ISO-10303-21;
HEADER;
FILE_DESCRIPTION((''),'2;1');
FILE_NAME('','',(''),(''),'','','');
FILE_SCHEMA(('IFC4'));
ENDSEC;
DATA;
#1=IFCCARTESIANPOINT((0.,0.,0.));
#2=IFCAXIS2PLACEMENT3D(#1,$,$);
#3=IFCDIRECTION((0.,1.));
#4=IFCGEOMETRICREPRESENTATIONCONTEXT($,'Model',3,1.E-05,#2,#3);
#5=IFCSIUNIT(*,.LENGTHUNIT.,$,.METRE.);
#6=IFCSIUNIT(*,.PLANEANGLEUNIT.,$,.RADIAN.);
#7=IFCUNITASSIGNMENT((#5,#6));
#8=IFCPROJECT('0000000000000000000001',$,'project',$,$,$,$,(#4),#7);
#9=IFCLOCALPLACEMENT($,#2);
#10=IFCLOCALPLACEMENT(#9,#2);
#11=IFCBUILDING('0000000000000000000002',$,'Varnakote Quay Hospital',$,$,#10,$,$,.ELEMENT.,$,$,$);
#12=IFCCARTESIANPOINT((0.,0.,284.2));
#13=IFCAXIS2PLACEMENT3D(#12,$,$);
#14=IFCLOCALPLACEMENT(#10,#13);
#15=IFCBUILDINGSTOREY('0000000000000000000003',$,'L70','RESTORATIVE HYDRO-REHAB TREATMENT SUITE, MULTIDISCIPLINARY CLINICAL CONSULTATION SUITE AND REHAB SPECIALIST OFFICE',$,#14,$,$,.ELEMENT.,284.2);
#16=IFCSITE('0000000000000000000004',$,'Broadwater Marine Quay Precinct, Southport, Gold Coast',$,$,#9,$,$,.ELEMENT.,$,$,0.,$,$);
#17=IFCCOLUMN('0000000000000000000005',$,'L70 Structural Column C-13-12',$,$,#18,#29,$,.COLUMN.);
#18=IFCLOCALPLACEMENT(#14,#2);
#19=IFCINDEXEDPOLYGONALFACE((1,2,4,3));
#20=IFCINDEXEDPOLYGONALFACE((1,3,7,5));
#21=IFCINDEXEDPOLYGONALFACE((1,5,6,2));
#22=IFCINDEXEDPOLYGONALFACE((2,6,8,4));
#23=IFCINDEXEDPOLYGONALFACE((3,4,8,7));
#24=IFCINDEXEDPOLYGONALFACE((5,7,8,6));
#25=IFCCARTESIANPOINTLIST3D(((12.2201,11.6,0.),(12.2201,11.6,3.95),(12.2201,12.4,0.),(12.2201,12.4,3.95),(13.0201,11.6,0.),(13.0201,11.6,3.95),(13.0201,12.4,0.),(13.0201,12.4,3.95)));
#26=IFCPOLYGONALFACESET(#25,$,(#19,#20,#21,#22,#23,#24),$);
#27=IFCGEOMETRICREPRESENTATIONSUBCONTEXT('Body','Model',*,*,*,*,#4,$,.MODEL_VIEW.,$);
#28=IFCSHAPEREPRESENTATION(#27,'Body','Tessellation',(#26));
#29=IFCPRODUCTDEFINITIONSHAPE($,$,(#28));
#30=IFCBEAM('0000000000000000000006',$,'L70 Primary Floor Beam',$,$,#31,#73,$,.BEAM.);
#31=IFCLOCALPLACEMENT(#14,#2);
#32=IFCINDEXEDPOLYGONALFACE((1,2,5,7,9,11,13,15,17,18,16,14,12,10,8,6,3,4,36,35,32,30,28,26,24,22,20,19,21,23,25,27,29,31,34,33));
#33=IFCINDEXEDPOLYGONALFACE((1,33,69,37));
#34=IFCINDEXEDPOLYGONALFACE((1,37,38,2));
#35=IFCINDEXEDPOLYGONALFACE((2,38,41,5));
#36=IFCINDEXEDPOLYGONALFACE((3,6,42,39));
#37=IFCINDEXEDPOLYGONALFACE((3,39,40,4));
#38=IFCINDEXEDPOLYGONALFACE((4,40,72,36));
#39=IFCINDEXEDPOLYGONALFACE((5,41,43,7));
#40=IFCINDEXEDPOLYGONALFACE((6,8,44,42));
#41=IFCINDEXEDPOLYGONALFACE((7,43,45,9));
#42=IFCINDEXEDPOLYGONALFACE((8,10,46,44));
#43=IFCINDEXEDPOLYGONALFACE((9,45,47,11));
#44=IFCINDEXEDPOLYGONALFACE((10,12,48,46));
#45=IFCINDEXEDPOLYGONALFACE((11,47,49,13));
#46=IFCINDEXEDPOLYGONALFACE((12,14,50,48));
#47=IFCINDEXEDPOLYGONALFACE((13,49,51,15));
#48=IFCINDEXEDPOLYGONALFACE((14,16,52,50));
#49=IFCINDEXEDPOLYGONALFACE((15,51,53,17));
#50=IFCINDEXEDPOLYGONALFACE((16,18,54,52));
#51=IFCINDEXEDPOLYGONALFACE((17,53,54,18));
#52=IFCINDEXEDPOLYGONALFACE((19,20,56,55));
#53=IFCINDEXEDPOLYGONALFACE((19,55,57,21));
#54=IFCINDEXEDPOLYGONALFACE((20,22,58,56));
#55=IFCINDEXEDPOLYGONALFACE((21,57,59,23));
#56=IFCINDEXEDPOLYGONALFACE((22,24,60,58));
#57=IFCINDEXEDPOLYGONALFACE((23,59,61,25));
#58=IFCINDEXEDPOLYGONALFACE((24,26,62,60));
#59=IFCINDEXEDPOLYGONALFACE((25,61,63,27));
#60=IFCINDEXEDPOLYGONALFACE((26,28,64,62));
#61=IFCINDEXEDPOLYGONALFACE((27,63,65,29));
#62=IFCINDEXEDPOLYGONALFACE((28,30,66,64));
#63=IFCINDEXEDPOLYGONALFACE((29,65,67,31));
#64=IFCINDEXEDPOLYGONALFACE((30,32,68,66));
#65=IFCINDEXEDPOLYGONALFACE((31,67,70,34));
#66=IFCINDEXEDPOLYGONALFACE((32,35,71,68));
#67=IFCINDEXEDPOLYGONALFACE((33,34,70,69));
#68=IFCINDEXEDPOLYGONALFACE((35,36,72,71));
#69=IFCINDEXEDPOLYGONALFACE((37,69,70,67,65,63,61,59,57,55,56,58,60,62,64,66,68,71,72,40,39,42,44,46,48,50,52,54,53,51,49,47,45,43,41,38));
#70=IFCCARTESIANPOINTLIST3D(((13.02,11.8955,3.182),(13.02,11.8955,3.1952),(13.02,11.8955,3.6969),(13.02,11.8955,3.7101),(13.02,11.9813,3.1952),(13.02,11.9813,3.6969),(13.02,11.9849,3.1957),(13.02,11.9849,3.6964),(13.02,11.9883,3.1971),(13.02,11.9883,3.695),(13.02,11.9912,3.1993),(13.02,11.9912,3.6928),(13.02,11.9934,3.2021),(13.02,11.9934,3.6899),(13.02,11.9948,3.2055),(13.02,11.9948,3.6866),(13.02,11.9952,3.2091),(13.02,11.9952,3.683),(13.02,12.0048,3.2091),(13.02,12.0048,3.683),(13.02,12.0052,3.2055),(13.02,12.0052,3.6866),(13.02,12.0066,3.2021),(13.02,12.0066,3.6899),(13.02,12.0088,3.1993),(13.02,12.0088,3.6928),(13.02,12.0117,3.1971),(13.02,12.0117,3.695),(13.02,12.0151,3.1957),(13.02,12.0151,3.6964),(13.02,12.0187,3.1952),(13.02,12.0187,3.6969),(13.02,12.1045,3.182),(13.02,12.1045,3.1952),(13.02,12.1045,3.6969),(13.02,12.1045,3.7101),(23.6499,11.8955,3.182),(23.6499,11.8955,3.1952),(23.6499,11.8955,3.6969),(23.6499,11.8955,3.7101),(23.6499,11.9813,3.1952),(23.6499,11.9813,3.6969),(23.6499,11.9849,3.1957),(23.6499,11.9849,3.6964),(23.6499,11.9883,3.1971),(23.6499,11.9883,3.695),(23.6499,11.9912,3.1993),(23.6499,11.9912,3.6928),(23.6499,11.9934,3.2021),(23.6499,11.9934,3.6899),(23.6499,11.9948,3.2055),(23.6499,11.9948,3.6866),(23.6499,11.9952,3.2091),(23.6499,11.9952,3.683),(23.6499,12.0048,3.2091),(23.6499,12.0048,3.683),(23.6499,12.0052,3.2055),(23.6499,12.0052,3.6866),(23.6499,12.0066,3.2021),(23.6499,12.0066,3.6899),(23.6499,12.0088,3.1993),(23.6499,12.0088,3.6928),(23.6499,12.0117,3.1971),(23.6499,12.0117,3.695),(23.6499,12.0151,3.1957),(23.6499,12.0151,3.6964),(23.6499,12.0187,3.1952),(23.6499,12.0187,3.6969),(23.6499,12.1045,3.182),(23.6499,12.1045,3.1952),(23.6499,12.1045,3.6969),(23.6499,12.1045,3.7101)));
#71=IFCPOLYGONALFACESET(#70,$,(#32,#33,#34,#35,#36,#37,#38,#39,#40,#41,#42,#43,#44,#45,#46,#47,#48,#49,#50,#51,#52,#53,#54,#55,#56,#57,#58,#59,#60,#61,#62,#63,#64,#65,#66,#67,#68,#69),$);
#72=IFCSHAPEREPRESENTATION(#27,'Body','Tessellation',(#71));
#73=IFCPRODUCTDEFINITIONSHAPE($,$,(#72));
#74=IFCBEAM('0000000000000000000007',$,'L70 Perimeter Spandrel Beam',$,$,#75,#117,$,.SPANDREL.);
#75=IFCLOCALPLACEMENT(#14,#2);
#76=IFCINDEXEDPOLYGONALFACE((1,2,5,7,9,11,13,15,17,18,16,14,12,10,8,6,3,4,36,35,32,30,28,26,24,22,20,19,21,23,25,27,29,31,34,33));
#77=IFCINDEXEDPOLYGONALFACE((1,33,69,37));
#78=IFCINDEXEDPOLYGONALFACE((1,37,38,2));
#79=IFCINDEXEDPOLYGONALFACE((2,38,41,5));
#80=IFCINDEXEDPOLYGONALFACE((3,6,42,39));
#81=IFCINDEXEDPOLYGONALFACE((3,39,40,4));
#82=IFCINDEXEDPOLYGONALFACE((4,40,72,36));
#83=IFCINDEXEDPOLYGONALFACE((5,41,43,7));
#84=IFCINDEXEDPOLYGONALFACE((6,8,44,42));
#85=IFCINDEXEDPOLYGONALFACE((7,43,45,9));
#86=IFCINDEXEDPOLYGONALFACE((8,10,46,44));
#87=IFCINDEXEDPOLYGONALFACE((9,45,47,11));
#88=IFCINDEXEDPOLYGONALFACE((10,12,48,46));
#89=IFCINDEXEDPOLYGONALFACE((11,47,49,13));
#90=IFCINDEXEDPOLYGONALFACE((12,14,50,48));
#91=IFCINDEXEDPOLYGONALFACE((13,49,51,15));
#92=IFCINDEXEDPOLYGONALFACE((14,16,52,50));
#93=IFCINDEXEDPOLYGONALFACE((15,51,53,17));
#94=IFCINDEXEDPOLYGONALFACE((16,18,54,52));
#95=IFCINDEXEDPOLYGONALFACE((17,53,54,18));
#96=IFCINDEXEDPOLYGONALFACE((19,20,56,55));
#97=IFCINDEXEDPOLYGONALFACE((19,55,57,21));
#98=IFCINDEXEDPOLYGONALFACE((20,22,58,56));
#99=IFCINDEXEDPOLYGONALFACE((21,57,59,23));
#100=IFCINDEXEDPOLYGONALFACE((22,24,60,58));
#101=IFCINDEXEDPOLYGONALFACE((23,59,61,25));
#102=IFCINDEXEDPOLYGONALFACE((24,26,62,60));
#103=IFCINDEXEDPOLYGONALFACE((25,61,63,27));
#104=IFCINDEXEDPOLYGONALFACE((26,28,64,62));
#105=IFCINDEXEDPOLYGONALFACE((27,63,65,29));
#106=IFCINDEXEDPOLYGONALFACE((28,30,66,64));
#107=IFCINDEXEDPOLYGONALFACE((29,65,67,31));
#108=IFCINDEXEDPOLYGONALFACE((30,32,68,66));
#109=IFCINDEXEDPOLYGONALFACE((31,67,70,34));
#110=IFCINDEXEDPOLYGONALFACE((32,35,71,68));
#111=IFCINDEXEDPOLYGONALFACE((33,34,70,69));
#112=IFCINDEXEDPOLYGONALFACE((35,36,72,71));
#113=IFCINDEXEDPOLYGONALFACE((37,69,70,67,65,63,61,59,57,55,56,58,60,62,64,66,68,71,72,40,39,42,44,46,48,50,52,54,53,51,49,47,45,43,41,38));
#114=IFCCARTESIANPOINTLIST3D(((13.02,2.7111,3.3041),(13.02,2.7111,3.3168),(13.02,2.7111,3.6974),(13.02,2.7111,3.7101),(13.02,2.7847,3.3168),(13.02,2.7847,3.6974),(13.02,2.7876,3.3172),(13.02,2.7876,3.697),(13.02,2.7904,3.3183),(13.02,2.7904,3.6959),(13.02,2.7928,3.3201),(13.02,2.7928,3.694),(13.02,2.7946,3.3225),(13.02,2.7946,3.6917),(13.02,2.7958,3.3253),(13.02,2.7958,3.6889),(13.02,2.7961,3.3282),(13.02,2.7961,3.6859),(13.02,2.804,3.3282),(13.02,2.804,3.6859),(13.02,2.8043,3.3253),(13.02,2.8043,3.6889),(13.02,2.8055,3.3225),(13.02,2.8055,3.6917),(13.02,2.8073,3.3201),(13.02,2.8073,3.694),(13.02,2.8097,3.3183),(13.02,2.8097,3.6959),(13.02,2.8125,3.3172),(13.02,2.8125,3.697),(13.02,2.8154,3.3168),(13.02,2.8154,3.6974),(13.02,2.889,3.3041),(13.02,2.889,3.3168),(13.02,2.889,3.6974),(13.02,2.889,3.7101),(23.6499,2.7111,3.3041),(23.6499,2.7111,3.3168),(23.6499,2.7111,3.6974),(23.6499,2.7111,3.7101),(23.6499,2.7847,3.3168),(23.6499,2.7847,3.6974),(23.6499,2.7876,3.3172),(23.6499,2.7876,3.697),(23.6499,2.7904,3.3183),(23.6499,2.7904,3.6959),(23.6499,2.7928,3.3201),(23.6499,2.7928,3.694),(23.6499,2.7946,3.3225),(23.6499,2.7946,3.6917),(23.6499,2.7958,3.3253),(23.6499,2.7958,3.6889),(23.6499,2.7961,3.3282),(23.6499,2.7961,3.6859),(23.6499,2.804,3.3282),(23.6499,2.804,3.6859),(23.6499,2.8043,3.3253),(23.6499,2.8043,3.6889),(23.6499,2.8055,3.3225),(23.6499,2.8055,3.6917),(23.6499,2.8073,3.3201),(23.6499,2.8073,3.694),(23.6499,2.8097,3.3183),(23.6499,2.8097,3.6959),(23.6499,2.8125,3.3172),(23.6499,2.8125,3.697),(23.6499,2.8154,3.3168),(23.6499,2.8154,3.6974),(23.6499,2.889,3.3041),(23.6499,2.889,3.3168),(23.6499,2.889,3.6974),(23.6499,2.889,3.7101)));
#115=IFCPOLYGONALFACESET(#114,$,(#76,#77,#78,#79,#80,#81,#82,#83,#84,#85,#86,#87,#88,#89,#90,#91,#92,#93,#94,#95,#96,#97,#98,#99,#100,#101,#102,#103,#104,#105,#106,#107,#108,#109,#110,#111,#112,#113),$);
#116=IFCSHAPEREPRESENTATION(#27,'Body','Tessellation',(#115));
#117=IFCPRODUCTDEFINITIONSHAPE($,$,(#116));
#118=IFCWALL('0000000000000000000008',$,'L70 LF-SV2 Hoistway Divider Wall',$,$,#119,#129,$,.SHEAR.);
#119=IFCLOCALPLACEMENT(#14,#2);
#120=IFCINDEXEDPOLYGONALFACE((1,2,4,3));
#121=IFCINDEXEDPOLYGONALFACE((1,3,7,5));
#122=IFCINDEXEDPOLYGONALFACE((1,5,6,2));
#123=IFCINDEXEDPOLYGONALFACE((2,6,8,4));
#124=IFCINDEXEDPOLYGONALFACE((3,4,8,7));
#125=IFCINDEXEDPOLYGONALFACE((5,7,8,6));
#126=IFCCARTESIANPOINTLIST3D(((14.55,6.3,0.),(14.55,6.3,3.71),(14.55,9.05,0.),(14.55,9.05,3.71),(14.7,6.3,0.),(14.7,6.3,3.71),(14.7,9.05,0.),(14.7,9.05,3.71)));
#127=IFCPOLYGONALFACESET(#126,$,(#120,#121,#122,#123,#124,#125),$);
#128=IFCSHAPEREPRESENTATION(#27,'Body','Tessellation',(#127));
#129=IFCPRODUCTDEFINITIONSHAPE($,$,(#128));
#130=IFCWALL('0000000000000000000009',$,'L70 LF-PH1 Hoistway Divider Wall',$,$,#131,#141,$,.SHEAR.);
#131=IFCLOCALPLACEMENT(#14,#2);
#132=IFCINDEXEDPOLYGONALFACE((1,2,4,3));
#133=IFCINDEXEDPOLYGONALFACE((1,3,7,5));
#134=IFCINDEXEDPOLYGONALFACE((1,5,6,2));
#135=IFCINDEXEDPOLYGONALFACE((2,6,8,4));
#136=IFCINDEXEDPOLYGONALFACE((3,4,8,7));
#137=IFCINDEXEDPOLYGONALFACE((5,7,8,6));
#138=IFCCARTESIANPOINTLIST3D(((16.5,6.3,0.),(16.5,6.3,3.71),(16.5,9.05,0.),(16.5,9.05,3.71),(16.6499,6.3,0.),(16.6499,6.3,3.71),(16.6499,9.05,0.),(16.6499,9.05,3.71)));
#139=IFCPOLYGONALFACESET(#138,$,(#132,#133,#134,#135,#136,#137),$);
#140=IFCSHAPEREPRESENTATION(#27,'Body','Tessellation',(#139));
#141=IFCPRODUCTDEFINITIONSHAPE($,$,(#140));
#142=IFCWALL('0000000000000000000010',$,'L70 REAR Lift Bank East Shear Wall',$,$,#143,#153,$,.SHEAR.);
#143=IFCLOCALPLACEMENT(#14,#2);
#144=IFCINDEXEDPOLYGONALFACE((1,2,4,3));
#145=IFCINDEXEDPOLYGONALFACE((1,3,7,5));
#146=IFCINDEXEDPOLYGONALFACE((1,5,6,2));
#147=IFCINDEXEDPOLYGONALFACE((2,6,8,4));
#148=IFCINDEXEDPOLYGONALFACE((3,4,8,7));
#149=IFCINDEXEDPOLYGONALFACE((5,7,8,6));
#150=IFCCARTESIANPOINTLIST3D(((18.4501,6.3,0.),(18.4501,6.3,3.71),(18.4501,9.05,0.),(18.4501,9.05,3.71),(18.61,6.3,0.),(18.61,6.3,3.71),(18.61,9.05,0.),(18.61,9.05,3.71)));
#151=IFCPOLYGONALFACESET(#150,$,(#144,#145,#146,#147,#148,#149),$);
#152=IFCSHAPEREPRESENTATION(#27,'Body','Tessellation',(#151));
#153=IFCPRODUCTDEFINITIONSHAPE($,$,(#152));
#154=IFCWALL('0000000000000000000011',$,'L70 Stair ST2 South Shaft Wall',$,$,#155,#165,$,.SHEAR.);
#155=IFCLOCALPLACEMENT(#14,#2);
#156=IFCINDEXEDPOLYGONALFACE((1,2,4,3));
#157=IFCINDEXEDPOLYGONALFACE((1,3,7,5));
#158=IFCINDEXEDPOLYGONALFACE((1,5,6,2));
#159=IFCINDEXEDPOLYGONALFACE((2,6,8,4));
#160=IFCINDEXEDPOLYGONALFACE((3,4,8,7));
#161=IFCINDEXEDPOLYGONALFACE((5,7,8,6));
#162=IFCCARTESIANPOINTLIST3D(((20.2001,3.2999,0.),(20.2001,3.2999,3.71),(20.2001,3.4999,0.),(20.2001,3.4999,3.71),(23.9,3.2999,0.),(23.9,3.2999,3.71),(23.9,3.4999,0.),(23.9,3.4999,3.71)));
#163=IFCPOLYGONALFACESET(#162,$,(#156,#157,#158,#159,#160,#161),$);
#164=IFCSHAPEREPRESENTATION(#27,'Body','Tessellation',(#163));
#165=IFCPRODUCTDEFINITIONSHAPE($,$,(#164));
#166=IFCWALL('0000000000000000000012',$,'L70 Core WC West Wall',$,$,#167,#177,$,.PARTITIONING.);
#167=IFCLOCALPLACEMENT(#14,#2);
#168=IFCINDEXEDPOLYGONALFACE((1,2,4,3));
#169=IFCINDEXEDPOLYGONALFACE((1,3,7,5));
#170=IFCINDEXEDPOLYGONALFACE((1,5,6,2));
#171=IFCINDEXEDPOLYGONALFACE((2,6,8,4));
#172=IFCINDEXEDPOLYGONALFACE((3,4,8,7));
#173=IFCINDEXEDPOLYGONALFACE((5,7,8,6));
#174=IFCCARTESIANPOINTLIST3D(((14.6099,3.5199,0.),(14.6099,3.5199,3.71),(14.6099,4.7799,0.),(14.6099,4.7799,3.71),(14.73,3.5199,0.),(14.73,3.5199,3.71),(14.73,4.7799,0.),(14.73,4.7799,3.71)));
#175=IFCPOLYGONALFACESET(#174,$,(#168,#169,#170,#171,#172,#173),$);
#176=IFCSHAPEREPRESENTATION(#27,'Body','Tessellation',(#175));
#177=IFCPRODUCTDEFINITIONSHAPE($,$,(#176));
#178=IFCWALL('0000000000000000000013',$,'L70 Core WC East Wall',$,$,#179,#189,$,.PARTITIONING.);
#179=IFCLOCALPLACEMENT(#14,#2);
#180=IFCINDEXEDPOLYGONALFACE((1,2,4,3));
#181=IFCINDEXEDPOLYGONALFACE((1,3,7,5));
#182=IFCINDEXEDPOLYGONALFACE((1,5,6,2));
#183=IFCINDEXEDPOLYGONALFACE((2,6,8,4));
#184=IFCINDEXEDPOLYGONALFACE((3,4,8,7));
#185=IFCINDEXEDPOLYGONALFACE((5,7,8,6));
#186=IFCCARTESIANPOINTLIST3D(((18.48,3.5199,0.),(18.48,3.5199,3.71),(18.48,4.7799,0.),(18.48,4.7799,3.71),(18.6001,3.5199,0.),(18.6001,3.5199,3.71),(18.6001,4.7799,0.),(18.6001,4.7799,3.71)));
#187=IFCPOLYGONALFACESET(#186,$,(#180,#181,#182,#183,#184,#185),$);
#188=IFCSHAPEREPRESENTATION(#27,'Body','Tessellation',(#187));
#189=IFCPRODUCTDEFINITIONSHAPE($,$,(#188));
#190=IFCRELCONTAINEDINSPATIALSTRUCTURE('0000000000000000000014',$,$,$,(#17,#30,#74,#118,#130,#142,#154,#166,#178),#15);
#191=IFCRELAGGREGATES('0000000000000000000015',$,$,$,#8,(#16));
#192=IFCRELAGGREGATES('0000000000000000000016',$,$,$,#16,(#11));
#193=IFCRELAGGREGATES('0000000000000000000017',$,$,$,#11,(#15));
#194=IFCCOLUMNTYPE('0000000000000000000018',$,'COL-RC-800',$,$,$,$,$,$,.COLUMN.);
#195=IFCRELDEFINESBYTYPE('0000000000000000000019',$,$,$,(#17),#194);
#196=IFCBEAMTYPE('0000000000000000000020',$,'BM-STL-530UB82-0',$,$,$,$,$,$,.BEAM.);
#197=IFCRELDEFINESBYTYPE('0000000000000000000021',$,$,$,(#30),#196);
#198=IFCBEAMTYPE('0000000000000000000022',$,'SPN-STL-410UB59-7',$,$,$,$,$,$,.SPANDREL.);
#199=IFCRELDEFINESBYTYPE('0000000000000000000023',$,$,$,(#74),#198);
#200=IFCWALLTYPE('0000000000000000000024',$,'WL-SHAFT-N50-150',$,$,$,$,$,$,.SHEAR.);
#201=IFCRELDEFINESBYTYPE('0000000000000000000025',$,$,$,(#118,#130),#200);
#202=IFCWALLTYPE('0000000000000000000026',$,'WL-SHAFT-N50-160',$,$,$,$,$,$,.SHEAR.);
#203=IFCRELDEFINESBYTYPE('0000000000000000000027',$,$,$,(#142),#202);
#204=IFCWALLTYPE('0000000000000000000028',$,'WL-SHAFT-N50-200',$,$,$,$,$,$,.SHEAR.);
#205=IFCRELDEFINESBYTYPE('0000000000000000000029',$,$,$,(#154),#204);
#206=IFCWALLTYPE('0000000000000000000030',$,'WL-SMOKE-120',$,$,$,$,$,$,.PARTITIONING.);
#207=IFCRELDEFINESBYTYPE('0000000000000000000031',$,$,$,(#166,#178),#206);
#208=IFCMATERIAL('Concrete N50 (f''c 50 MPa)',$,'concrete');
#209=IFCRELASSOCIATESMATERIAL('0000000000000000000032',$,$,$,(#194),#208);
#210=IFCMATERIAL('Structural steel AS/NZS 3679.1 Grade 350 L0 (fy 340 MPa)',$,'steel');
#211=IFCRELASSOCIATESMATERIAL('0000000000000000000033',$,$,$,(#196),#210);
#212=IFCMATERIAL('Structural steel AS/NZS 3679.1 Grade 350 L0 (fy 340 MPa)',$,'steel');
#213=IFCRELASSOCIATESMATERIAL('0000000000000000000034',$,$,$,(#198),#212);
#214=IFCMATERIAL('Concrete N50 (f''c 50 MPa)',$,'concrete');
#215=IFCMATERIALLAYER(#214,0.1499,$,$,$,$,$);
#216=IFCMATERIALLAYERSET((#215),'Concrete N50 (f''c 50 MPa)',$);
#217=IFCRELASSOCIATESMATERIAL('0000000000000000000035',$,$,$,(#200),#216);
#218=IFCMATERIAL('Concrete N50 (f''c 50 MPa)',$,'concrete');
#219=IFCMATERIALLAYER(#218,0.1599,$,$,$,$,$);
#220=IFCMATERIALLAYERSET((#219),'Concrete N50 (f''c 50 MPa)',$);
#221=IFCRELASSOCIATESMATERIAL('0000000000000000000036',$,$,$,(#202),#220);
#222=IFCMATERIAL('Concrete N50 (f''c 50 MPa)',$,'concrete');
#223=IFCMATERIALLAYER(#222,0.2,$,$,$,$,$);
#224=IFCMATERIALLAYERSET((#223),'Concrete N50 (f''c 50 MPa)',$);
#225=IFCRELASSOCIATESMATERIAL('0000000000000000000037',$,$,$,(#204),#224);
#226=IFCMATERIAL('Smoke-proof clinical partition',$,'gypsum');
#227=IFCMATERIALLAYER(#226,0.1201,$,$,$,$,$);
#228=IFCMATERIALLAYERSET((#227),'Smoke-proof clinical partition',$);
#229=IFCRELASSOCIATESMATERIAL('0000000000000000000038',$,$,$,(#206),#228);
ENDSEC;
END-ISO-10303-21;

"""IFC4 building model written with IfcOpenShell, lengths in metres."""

from ifc_helpers import new_model, si_unit, direction, frame, frame_2d, origin, origin_2d, place, context, subcontext, project, spatial, rectangle, i_section, extrude, material, layer, layer_set, material_profile, profile_set, type_object, element, save


model = new_model("IFC4")

# Units and contexts
model_context = context("Model", 3, precision=1e-05, world=origin(), true_north=direction((0.0, 1.0)))
body_context = subcontext(model_context, "Body", "Model", "MODEL_VIEW")
ifc_project = project(units=[si_unit("LENGTHUNIT", "METRE"), si_unit("PLANEANGLEUNIT", "RADIAN")], contexts=[model_context])

# Site, building, storey
site_placement = place(None, origin())
site = spatial("IfcSite", under=ifc_project, at=site_placement, Name="Broadwater Marine Quay Precinct, Southport, Gold Coast", CompositionType="ELEMENT", RefElevation=0.0)
building_placement = place(site_placement, origin())
building = spatial("IfcBuilding", under=site, at=building_placement, Name="Varnakote Quay Hospital", CompositionType="ELEMENT")
storey_placement = place(building_placement, frame((0.0, 0.0, 284.2)))
storey = spatial("IfcBuildingStorey", under=building, at=storey_placement, Name="L70", Description="RESTORATIVE HYDRO-REHAB TREATMENT SUITE, MULTIDISCIPLINARY CLINICAL CONSULTATION SUITE AND REHAB SPECIALIST OFFICE", CompositionType="ELEMENT", Elevation=284.2)

# Column
ifc_material_1 = material(Name="Concrete N50 (f'c 50 MPa)", Category="concrete")
ifc_material_profile_1 = material_profile(ifc_material_1, rectangle(XDim=0.8, YDim=0.8, at=origin_2d()), Name="RC-COL-800x800")
ifc_profile_set_1 = profile_set([ifc_material_profile_1], Name="Concrete N50 (f'c 50 MPa)")
column_type = type_object("IfcColumnType", Name="COL-RC-800", PredefinedType="COLUMN", material=ifc_profile_set_1)
column_placement = place(storey_placement, frame((12.6201, 12.0, 0.0), z_axis=(0.0, 0.0, 1.0), x_axis=(1.0, 0.0, 0.0)))
element("IfcColumn", 1, at=column_placement, inside=storey, type_object=column_type, Name="L70 Structural Column C-13-12", PredefinedType="COLUMN", context=body_context, shape_type="SweptSolid", body=[
    extrude(rectangle(XDim=0.8, YDim=0.8, at=origin_2d()), origin(), (0.0, 0.0, 1.0), 3.95),
])

# Beams
ifc_material_2 = material(Name="Structural steel AS/NZS 3679.1 Grade 350 L0 (fy 340 MPa)", Category="steel")
ifc_material_profile_2 = material_profile(ifc_material_2, i_section(OverallWidth=0.209, OverallDepth=0.5281, WebThickness=0.0095, FlangeThickness=0.0132, FilletRadius=0.0139, at=origin_2d()), Name="530UB82.0")
ifc_profile_set_2 = profile_set([ifc_material_profile_2], Name="Structural steel AS/NZS 3679.1 Grade 350 L0 (fy 340 MPa)")
beam_type_1 = type_object("IfcBeamType", Name="BM-STL-530UB82-0", PredefinedType="BEAM", material=ifc_profile_set_2)
beam_1_placement = place(storey_placement, frame((13.02, 12.0, 3.446), z_axis=(1.0, 0.0, 0.0), x_axis=(0.0, 1.0, 0.0)))
element("IfcBeam", 2, at=beam_1_placement, inside=storey, type_object=beam_type_1, Name="L70 Primary Floor Beam", PredefinedType="BEAM", context=body_context, shape_type="SweptSolid", body=[
    extrude(i_section(OverallWidth=0.209, OverallDepth=0.5281, WebThickness=0.0095, FlangeThickness=0.0132, FilletRadius=0.0139, at=origin_2d()), origin(), (0.0, 0.0, 1.0), 10.6299),
])
ifc_material_3 = material(Name="Structural steel AS/NZS 3679.1 Grade 350 L0 (fy 340 MPa)", Category="steel")
ifc_material_profile_3 = material_profile(ifc_material_3, i_section(OverallWidth=0.178, OverallDepth=0.406, WebThickness=0.0078, FlangeThickness=0.0127, FilletRadius=0.0115, at=origin_2d()), Name="410UB59.7")
ifc_profile_set_3 = profile_set([ifc_material_profile_3], Name="Structural steel AS/NZS 3679.1 Grade 350 L0 (fy 340 MPa)")
beam_type_2 = type_object("IfcBeamType", Name="SPN-STL-410UB59-7", PredefinedType="SPANDREL", material=ifc_profile_set_3)
beam_2_placement = place(storey_placement, frame((13.02, 2.8, 3.5071), z_axis=(1.0, 0.0, 0.0), x_axis=(0.0, 1.0, 0.0)))
element("IfcBeam", 3, at=beam_2_placement, inside=storey, type_object=beam_type_2, Name="L70 Perimeter Spandrel Beam", PredefinedType="SPANDREL", context=body_context, shape_type="SweptSolid", body=[
    extrude(i_section(OverallWidth=0.178, OverallDepth=0.406, WebThickness=0.0078, FlangeThickness=0.0127, FilletRadius=0.0115, at=origin_2d()), origin(), (0.0, 0.0, 1.0), 10.6299),
])

# Walls
ifc_material_4 = material(Name="Concrete N50 (f'c 50 MPa)", Category="concrete")
ifc_layer_1 = layer(ifc_material_4, 0.1499)
ifc_layer_set_1 = layer_set([ifc_layer_1], Name="Concrete N50 (f'c 50 MPa)")
wall_type_1 = type_object("IfcWallType", Name="WL-SHAFT-N50-150", PredefinedType="SHEAR", material=ifc_layer_set_1)
for number, where, z_axis, x_axis, name in (
    (4, (14.625, 6.3, 0.0), (0.0, 0.0, 1.0), (0.0, 1.0, 0.0), "L70 LF-SV2 Hoistway Divider Wall"),
    (5, (16.575, 6.3, 0.0), (0.0, 0.0, 1.0), (0.0, 1.0, 0.0), "L70 LF-PH1 Hoistway Divider Wall"),
):
    element("IfcWall", number, at=place(storey_placement, frame(where, z_axis=z_axis, x_axis=x_axis)), inside=storey, type_object=wall_type_1, Name=name, PredefinedType="SHEAR", context=body_context, shape_type="SweptSolid", body=[
        extrude(rectangle(XDim=2.75, YDim=0.1499, at=frame_2d((1.375, 0.0))), origin(), (0.0, 0.0, 1.0), 3.71),
    ])
ifc_material_5 = material(Name="Concrete N50 (f'c 50 MPa)", Category="concrete")
ifc_layer_2 = layer(ifc_material_5, 0.1599)
ifc_layer_set_2 = layer_set([ifc_layer_2], Name="Concrete N50 (f'c 50 MPa)")
wall_type_2 = type_object("IfcWallType", Name="WL-SHAFT-N50-160", PredefinedType="SHEAR", material=ifc_layer_set_2)
wall_1_placement = place(storey_placement, frame((18.53, 6.3, 0.0), z_axis=(0.0, 0.0, 1.0), x_axis=(0.0, 1.0, 0.0)))
element("IfcWall", 6, at=wall_1_placement, inside=storey, type_object=wall_type_2, Name="L70 REAR Lift Bank East Shear Wall", PredefinedType="SHEAR", context=body_context, shape_type="SweptSolid", body=[
    extrude(rectangle(XDim=2.75, YDim=0.1599, at=frame_2d((1.375, 0.0))), origin(), (0.0, 0.0, 1.0), 3.71),
])

# Wall
ifc_material_6 = material(Name="Concrete N50 (f'c 50 MPa)", Category="concrete")
ifc_layer_3 = layer(ifc_material_6, 0.2)
ifc_layer_set_3 = layer_set([ifc_layer_3], Name="Concrete N50 (f'c 50 MPa)")
wall_type_3 = type_object("IfcWallType", Name="WL-SHAFT-N50-200", PredefinedType="SHEAR", material=ifc_layer_set_3)
wall_2_placement = place(storey_placement, frame((20.2, 3.3999, 0.0), z_axis=(0.0, 0.0, 1.0), x_axis=(1.0, 0.0, 0.0)))
element("IfcWall", 7, at=wall_2_placement, inside=storey, type_object=wall_type_3, Name="L70 Stair ST2 South Shaft Wall", PredefinedType="SHEAR", context=body_context, shape_type="SweptSolid", body=[
    extrude(rectangle(XDim=3.7, YDim=0.2, at=frame_2d((1.8501, 0.0))), origin(), (0.0, 0.0, 1.0), 3.71),
])

# Walls
ifc_material_7 = material(Name="Smoke-proof clinical partition", Category="gypsum")
ifc_layer_4 = layer(ifc_material_7, 0.1201)
ifc_layer_set_4 = layer_set([ifc_layer_4], Name="Smoke-proof clinical partition")
wall_type_4 = type_object("IfcWallType", Name="WL-SMOKE-120", PredefinedType="PARTITIONING", material=ifc_layer_set_4)
for number, where, z_axis, x_axis, name in (
    (8, (14.6699, 3.52, 0.0), (0.0, 0.0, 1.0), (0.0, 1.0, 0.0), "L70 Core WC West Wall"),
    (9, (18.54, 3.52, 0.0), (0.0, 0.0, 1.0), (0.0, 1.0, 0.0), "L70 Core WC East Wall"),
):
    element("IfcWall", number, at=place(storey_placement, frame(where, z_axis=z_axis, x_axis=x_axis)), inside=storey, type_object=wall_type_4, Name=name, PredefinedType="PARTITIONING", context=body_context, shape_type="SweptSolid", body=[
        extrude(rectangle(XDim=1.26, YDim=0.1201, at=frame_2d((0.6299, 0.0))), origin(), (0.0, 0.0, 1.0), 3.71),
    ])

save(model, "model.ifc")
